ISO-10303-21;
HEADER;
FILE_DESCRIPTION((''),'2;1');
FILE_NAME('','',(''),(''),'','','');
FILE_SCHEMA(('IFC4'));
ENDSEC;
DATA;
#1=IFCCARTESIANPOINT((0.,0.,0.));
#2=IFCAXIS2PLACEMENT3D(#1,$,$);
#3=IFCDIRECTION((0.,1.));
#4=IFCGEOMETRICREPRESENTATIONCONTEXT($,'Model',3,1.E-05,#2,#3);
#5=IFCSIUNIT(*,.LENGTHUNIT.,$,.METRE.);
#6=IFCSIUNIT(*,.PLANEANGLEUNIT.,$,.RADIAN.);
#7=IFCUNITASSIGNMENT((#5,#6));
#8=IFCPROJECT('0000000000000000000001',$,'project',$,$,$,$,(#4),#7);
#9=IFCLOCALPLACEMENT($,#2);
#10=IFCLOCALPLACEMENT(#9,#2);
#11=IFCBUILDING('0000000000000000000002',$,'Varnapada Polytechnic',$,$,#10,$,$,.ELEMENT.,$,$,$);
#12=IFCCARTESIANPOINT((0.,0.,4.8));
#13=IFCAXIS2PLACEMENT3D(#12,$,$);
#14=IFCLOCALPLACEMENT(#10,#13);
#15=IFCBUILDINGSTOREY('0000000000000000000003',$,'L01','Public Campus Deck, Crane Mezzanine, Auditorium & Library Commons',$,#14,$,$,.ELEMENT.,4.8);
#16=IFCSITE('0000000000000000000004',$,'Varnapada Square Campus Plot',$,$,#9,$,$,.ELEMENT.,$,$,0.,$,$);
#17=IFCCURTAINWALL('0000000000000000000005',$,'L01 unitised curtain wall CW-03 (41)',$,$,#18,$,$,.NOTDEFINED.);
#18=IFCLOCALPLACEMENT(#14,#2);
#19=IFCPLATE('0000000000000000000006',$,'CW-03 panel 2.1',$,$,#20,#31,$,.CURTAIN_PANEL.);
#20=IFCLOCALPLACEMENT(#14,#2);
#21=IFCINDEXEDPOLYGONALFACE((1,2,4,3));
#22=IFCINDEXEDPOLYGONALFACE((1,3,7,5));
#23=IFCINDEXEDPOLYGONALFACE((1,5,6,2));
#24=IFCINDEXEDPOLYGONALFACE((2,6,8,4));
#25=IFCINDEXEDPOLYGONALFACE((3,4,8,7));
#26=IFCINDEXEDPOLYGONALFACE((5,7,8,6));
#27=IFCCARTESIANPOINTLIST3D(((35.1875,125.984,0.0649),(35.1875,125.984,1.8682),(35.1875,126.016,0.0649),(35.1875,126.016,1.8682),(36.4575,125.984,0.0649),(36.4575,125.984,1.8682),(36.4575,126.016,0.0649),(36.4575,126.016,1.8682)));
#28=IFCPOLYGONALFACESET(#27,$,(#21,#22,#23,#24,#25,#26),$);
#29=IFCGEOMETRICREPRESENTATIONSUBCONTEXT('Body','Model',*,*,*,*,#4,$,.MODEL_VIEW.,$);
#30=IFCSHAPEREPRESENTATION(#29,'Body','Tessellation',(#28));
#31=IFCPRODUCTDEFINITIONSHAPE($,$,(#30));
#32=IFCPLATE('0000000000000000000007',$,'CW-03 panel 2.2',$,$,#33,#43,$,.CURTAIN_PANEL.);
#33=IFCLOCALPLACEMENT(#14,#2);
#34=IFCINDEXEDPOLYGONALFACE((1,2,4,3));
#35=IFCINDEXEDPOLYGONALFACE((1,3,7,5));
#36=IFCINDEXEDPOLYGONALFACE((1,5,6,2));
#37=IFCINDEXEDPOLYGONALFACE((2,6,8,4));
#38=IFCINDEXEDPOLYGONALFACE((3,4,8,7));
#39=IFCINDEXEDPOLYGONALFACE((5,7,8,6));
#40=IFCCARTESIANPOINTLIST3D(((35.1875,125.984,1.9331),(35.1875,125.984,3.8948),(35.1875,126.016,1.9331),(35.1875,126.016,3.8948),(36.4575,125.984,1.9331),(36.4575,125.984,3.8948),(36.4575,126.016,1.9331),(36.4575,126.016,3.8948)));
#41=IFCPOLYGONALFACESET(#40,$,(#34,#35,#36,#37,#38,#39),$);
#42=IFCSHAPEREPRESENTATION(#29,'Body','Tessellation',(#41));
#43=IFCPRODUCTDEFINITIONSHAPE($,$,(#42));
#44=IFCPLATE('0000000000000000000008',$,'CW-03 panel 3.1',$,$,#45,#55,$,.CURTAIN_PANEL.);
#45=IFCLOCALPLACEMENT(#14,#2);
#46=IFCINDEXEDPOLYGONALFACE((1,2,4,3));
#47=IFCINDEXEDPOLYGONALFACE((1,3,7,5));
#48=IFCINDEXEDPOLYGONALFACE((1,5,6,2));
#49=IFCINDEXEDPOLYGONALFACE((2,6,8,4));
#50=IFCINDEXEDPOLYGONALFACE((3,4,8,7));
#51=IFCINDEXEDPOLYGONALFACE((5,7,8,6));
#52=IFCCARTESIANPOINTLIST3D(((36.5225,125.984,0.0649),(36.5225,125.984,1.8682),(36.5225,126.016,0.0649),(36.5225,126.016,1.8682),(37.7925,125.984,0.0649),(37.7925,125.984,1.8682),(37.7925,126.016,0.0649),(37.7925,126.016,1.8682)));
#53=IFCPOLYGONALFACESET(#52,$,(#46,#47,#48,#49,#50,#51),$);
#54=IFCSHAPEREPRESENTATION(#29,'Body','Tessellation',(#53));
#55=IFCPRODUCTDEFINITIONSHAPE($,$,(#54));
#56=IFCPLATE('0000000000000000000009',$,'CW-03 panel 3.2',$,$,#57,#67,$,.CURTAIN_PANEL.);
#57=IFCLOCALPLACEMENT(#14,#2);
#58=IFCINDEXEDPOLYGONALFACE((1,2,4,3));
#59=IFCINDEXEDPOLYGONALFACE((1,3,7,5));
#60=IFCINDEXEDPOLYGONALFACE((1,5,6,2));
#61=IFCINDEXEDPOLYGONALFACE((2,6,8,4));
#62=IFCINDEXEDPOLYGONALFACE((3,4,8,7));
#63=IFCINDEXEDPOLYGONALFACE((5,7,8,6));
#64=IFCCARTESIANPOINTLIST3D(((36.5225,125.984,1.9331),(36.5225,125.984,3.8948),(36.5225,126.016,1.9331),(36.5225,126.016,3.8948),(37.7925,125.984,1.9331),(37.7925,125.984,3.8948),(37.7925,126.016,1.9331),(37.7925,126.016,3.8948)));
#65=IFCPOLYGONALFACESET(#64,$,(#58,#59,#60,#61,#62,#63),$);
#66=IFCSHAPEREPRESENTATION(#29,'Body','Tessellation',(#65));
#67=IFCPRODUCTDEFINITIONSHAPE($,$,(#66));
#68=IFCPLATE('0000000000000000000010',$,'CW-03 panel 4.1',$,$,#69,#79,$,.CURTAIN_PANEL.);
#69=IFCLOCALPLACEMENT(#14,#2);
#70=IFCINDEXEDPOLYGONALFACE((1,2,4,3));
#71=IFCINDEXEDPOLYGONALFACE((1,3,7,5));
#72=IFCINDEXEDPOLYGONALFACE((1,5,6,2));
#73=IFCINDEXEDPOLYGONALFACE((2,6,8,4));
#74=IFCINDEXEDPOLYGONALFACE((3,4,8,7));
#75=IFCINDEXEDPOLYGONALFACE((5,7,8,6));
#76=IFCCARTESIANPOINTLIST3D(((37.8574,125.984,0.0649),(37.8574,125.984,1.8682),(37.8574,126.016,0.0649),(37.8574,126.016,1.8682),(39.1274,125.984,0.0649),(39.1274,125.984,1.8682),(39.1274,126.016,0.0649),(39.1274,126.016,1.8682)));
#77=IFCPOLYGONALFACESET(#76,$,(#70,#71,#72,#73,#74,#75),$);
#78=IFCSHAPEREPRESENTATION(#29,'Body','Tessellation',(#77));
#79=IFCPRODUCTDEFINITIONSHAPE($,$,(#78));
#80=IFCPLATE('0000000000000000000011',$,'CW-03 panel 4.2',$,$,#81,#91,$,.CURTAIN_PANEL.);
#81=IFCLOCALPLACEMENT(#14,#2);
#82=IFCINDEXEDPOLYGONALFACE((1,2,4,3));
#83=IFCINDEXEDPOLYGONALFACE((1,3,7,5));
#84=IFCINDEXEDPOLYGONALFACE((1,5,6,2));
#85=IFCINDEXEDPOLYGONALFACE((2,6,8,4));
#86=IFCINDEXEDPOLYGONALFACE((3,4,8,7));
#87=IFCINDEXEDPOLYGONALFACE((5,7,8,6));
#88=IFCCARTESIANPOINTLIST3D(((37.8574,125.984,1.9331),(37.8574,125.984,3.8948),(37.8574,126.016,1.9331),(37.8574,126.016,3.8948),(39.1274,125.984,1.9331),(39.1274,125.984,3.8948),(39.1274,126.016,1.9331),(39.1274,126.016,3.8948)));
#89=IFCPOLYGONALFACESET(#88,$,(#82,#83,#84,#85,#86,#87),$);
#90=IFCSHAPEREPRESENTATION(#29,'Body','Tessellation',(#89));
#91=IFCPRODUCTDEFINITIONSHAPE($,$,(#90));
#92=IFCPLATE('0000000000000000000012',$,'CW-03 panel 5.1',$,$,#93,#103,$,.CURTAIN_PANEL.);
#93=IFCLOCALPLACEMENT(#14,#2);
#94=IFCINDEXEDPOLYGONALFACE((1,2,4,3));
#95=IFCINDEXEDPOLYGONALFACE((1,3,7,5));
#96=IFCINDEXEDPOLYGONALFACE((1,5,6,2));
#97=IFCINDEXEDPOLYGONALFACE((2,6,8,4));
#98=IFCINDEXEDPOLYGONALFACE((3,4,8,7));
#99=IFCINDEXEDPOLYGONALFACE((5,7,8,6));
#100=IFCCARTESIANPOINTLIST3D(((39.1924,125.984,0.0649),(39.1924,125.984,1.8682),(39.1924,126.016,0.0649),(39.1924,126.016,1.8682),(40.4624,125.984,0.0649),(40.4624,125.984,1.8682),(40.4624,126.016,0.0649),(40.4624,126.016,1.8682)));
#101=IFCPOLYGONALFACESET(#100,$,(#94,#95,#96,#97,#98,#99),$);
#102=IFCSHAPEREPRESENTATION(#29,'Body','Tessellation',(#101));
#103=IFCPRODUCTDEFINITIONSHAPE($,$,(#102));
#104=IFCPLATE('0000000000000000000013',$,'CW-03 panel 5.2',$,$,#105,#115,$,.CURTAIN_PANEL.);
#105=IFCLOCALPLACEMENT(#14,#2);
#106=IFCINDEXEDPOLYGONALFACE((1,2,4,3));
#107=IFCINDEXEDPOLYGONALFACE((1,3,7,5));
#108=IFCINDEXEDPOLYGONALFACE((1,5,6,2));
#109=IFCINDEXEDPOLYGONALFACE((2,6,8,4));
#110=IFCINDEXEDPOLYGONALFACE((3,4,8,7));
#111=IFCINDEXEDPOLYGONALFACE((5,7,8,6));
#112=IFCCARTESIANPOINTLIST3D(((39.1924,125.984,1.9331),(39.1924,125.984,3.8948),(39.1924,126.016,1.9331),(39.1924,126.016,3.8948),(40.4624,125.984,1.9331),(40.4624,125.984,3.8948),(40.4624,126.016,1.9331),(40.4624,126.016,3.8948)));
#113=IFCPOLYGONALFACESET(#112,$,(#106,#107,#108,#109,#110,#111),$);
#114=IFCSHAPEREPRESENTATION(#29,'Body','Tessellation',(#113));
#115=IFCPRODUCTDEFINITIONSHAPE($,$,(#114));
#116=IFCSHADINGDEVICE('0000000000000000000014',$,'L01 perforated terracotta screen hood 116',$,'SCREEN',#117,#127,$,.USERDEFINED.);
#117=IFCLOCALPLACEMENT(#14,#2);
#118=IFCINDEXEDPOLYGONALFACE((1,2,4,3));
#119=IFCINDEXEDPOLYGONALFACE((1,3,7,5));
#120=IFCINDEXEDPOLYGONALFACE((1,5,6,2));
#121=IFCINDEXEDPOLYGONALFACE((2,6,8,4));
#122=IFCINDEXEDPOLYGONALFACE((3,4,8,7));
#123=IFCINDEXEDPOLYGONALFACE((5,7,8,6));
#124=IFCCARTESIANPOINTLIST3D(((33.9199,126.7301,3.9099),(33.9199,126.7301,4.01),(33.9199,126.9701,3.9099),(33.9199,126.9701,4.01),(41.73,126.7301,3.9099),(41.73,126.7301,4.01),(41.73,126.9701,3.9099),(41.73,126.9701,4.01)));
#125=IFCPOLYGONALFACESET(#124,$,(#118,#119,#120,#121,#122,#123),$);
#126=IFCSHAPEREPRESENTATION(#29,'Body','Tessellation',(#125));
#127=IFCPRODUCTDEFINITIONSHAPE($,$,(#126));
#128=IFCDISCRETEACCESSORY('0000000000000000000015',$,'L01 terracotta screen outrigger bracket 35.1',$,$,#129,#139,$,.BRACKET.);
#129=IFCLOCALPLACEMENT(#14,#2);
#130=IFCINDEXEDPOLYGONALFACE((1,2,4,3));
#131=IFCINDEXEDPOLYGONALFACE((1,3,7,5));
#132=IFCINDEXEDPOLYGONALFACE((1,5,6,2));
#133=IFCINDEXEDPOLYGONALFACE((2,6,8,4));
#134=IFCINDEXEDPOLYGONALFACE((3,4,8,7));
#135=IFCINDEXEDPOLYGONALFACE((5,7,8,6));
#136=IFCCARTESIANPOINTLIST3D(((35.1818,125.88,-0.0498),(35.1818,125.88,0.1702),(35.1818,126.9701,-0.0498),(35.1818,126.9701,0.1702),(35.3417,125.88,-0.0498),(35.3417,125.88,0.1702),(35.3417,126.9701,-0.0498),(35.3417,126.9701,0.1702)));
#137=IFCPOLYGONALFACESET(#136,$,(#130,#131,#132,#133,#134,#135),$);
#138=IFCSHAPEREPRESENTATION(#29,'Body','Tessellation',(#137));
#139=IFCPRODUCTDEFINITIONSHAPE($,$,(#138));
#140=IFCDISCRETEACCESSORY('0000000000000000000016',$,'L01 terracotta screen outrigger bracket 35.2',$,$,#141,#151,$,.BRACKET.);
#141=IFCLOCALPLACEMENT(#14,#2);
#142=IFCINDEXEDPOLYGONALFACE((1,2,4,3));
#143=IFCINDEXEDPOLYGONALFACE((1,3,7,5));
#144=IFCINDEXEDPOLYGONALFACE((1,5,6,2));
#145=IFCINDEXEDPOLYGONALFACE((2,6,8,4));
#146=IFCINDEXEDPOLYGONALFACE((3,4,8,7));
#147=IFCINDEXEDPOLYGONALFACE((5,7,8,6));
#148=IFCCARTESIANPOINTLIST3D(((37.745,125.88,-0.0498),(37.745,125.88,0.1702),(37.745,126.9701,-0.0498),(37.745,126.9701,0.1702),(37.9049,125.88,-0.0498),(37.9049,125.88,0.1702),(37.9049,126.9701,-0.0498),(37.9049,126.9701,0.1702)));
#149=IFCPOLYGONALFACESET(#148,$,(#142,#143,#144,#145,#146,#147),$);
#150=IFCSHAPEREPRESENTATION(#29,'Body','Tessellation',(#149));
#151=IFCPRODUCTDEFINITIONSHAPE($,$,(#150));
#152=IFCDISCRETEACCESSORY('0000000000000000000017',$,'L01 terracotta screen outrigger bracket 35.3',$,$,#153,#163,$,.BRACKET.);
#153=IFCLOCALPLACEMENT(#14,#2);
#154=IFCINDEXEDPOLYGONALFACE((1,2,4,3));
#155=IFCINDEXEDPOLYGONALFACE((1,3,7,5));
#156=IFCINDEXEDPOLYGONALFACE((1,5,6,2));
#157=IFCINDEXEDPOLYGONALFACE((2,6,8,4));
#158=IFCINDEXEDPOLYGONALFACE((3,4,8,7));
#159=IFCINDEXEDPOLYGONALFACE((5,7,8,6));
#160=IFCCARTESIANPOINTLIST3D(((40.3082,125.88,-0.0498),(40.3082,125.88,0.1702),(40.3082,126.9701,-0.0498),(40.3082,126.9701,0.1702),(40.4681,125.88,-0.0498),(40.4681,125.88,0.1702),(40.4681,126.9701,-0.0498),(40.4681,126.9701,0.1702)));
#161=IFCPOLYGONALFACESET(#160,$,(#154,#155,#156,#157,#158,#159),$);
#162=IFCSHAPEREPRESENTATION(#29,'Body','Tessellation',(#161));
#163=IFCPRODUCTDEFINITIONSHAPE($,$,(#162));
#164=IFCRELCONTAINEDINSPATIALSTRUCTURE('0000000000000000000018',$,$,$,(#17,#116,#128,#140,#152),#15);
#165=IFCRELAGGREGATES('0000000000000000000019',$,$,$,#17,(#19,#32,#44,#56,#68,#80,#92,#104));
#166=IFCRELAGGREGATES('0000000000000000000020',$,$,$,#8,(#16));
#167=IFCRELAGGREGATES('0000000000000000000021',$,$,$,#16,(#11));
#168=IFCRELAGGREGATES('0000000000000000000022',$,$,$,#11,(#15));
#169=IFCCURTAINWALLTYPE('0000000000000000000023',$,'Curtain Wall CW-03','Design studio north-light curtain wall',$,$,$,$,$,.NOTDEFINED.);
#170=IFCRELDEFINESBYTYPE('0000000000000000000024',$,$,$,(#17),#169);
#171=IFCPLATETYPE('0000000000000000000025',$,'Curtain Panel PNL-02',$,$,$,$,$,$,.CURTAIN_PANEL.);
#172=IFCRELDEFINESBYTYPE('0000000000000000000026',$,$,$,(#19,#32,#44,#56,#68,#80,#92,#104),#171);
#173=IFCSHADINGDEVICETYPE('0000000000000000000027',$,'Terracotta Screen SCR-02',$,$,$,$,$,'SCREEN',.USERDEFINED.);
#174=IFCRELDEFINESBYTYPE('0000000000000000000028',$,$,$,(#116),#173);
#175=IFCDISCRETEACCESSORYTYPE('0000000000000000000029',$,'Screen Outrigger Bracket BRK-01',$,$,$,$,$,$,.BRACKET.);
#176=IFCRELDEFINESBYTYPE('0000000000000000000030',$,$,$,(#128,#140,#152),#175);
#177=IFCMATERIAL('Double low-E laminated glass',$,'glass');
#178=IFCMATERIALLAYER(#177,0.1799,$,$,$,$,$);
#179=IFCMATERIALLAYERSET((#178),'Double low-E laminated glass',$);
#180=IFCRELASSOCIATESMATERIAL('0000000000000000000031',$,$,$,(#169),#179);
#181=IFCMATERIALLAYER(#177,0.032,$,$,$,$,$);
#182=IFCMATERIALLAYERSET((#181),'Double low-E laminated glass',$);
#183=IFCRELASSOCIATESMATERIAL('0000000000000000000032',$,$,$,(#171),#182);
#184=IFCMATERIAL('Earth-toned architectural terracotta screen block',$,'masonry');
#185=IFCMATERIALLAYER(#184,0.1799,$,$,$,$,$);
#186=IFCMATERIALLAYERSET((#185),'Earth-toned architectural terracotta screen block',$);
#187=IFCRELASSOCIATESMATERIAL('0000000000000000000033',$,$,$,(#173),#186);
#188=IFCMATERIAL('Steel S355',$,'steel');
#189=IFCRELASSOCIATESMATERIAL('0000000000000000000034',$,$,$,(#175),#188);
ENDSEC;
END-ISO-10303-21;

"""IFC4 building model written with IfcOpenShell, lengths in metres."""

from ifc_helpers import new_model, si_unit, direction, frame, origin, origin_2d, place, context, subcontext, project, spatial, rectangle, extrude, material, layer, layer_set, type_object, element, aggregate, save


model = new_model("IFC4")

# Units and contexts
model_context = context("Model", 3, precision=1e-05, world=origin(), true_north=direction((0.0, 1.0)))
body_context = subcontext(model_context, "Body", "Model", "MODEL_VIEW")
ifc_project = project(units=[si_unit("LENGTHUNIT", "METRE"), si_unit("PLANEANGLEUNIT", "RADIAN")], contexts=[model_context])

# Site, building, storey
site_placement = place(None, origin())
site = spatial("IfcSite", under=ifc_project, at=site_placement, Name="Varnapada Square Campus Plot", CompositionType="ELEMENT", RefElevation=0.0)
building_placement = place(site_placement, origin())
building = spatial("IfcBuilding", under=site, at=building_placement, Name="Varnapada Polytechnic", CompositionType="ELEMENT")
storey_placement = place(building_placement, frame((0.0, 0.0, 4.8)))
storey = spatial("IfcBuildingStorey", under=building, at=storey_placement, Name="L01", Description="Public Campus Deck, Crane Mezzanine, Auditorium & Library Commons", CompositionType="ELEMENT", Elevation=4.8)

# Curtain wall, plates
ifc_material_1 = material(Name="Double low-E laminated glass", Category="glass")
ifc_layer_1 = layer(ifc_material_1, 0.1799)
ifc_layer_set_1 = layer_set([ifc_layer_1], Name="Double low-E laminated glass")
curtain_wall_type = type_object("IfcCurtainWallType", Name="Curtain Wall CW-03", Description="Design studio north-light curtain wall", PredefinedType="NOTDEFINED", material=ifc_layer_set_1)
curtain_wall_placement = place(storey_placement, origin())
curtain_wall = element("IfcCurtainWall", 1, at=curtain_wall_placement, inside=storey, type_object=curtain_wall_type, Name="L01 unitised curtain wall CW-03 (41)", PredefinedType="NOTDEFINED")
ifc_layer_2 = layer(ifc_material_1, 0.032)
ifc_layer_set_2 = layer_set([ifc_layer_2], Name="Double low-E laminated glass")
plate_type = type_object("IfcPlateType", Name="Curtain Panel PNL-02", PredefinedType="CURTAIN_PANEL", material=ifc_layer_set_2)
plate_1_placement = place(storey_placement, frame((35.8225, 126.0, 0.0649), z_axis=(0.0, 0.0, 1.0), x_axis=(1.0, 0.0, 0.0)))
plate_1 = element("IfcPlate", 2, at=plate_1_placement, type_object=plate_type, Name="CW-03 panel 2.1", PredefinedType="CURTAIN_PANEL", context=body_context, shape_type="SweptSolid", body=[
    extrude(rectangle(XDim=1.27, YDim=0.032, at=origin_2d()), origin(), (0.0, 0.0, 1.0), 1.8032),
])
plate_2_placement = place(storey_placement, frame((35.8225, 126.0, 1.9331), z_axis=(0.0, 0.0, 1.0), x_axis=(1.0, 0.0, 0.0)))
plate_2 = element("IfcPlate", 3, at=plate_2_placement, type_object=plate_type, Name="CW-03 panel 2.2", PredefinedType="CURTAIN_PANEL", context=body_context, shape_type="SweptSolid", body=[
    extrude(rectangle(XDim=1.27, YDim=0.032, at=origin_2d()), origin(), (0.0, 0.0, 1.0), 1.9617),
])
plate_3_placement = place(storey_placement, frame((37.1575, 126.0, 0.0649), z_axis=(0.0, 0.0, 1.0), x_axis=(1.0, 0.0, 0.0)))
plate_3 = element("IfcPlate", 4, at=plate_3_placement, type_object=plate_type, Name="CW-03 panel 3.1", PredefinedType="CURTAIN_PANEL", context=body_context, shape_type="SweptSolid", body=[
    extrude(rectangle(XDim=1.27, YDim=0.032, at=origin_2d()), origin(), (0.0, 0.0, 1.0), 1.8032),
])
plate_4_placement = place(storey_placement, frame((37.1575, 126.0, 1.9331), z_axis=(0.0, 0.0, 1.0), x_axis=(1.0, 0.0, 0.0)))
plate_4 = element("IfcPlate", 5, at=plate_4_placement, type_object=plate_type, Name="CW-03 panel 3.2", PredefinedType="CURTAIN_PANEL", context=body_context, shape_type="SweptSolid", body=[
    extrude(rectangle(XDim=1.27, YDim=0.032, at=origin_2d()), origin(), (0.0, 0.0, 1.0), 1.9617),
])
plate_5_placement = place(storey_placement, frame((38.4924, 126.0, 0.0649), z_axis=(0.0, 0.0, 1.0), x_axis=(1.0, 0.0, 0.0)))
plate_5 = element("IfcPlate", 6, at=plate_5_placement, type_object=plate_type, Name="CW-03 panel 4.1", PredefinedType="CURTAIN_PANEL", context=body_context, shape_type="SweptSolid", body=[
    extrude(rectangle(XDim=1.27, YDim=0.032, at=origin_2d()), origin(), (0.0, 0.0, 1.0), 1.8032),
])
plate_6_placement = place(storey_placement, frame((38.4924, 126.0, 1.9331), z_axis=(0.0, 0.0, 1.0), x_axis=(1.0, 0.0, 0.0)))
plate_6 = element("IfcPlate", 7, at=plate_6_placement, type_object=plate_type, Name="CW-03 panel 4.2", PredefinedType="CURTAIN_PANEL", context=body_context, shape_type="SweptSolid", body=[
    extrude(rectangle(XDim=1.27, YDim=0.032, at=origin_2d()), origin(), (0.0, 0.0, 1.0), 1.9617),
])
plate_7_placement = place(storey_placement, frame((39.8274, 126.0, 0.0649), z_axis=(0.0, 0.0, 1.0), x_axis=(1.0, 0.0, 0.0)))
plate_7 = element("IfcPlate", 8, at=plate_7_placement, type_object=plate_type, Name="CW-03 panel 5.1", PredefinedType="CURTAIN_PANEL", context=body_context, shape_type="SweptSolid", body=[
    extrude(rectangle(XDim=1.27, YDim=0.032, at=origin_2d()), origin(), (0.0, 0.0, 1.0), 1.8032),
])
plate_8_placement = place(storey_placement, frame((39.8274, 126.0, 1.9331), z_axis=(0.0, 0.0, 1.0), x_axis=(1.0, 0.0, 0.0)))
plate_8 = element("IfcPlate", 9, at=plate_8_placement, type_object=plate_type, Name="CW-03 panel 5.2", PredefinedType="CURTAIN_PANEL", context=body_context, shape_type="SweptSolid", body=[
    extrude(rectangle(XDim=1.27, YDim=0.032, at=origin_2d()), origin(), (0.0, 0.0, 1.0), 1.9617),
])
aggregate(curtain_wall, [plate_1, plate_2, plate_3, plate_4, plate_5, plate_6, plate_7, plate_8])

# Shading device
ifc_material_2 = material(Name="Earth-toned architectural terracotta screen block", Category="masonry")
ifc_layer_3 = layer(ifc_material_2, 0.1799)
ifc_layer_set_3 = layer_set([ifc_layer_3], Name="Earth-toned architectural terracotta screen block")
shading_device_type = type_object("IfcShadingDeviceType", Name="Terracotta Screen SCR-02", ElementType="SCREEN", PredefinedType="USERDEFINED", material=ifc_layer_set_3)
shading_device_placement = place(storey_placement, frame((37.825, 126.8501, 3.9099), z_axis=(0.0, 0.0, 1.0), x_axis=(1.0, 0.0, 0.0)))
element("IfcShadingDevice", 10, at=shading_device_placement, inside=storey, type_object=shading_device_type, Name="L01 perforated terracotta screen hood 116", ObjectType="SCREEN", PredefinedType="USERDEFINED", context=body_context, shape_type="SweptSolid", body=[
    extrude(rectangle(XDim=7.8101, YDim=0.24, at=origin_2d()), origin(), (0.0, 0.0, 1.0), 0.1001),
])

# Discrete accessories
ifc_material_3 = material(Name="Steel S355", Category="steel")
discrete_accessory_type = type_object("IfcDiscreteAccessoryType", Name="Screen Outrigger Bracket BRK-01", PredefinedType="BRACKET", material=ifc_material_3)
for number, where, z_axis, x_axis, name in (
    (11, (35.2617, 126.425, -0.0498), (0.0, 0.0, 1.0), (1.0, 0.0, 0.0), "L01 terracotta screen outrigger bracket 35.1"),
    (12, (37.825, 126.425, -0.0498), (0.0, 0.0, 1.0), (1.0, 0.0, 0.0), "L01 terracotta screen outrigger bracket 35.2"),
    (13, (40.3882, 126.425, -0.0498), (0.0, 0.0, 1.0), (1.0, 0.0, 0.0), "L01 terracotta screen outrigger bracket 35.3"),
):
    element("IfcDiscreteAccessory", number, at=place(storey_placement, frame(where, z_axis=z_axis, x_axis=x_axis)), inside=storey, type_object=discrete_accessory_type, Name=name, PredefinedType="BRACKET", context=body_context, shape_type="SweptSolid", body=[
        extrude(rectangle(XDim=0.1599, YDim=1.0901, at=origin_2d()), origin(), (0.0, 0.0, 1.0), 0.22),
    ])

save(model, "model.ifc")
